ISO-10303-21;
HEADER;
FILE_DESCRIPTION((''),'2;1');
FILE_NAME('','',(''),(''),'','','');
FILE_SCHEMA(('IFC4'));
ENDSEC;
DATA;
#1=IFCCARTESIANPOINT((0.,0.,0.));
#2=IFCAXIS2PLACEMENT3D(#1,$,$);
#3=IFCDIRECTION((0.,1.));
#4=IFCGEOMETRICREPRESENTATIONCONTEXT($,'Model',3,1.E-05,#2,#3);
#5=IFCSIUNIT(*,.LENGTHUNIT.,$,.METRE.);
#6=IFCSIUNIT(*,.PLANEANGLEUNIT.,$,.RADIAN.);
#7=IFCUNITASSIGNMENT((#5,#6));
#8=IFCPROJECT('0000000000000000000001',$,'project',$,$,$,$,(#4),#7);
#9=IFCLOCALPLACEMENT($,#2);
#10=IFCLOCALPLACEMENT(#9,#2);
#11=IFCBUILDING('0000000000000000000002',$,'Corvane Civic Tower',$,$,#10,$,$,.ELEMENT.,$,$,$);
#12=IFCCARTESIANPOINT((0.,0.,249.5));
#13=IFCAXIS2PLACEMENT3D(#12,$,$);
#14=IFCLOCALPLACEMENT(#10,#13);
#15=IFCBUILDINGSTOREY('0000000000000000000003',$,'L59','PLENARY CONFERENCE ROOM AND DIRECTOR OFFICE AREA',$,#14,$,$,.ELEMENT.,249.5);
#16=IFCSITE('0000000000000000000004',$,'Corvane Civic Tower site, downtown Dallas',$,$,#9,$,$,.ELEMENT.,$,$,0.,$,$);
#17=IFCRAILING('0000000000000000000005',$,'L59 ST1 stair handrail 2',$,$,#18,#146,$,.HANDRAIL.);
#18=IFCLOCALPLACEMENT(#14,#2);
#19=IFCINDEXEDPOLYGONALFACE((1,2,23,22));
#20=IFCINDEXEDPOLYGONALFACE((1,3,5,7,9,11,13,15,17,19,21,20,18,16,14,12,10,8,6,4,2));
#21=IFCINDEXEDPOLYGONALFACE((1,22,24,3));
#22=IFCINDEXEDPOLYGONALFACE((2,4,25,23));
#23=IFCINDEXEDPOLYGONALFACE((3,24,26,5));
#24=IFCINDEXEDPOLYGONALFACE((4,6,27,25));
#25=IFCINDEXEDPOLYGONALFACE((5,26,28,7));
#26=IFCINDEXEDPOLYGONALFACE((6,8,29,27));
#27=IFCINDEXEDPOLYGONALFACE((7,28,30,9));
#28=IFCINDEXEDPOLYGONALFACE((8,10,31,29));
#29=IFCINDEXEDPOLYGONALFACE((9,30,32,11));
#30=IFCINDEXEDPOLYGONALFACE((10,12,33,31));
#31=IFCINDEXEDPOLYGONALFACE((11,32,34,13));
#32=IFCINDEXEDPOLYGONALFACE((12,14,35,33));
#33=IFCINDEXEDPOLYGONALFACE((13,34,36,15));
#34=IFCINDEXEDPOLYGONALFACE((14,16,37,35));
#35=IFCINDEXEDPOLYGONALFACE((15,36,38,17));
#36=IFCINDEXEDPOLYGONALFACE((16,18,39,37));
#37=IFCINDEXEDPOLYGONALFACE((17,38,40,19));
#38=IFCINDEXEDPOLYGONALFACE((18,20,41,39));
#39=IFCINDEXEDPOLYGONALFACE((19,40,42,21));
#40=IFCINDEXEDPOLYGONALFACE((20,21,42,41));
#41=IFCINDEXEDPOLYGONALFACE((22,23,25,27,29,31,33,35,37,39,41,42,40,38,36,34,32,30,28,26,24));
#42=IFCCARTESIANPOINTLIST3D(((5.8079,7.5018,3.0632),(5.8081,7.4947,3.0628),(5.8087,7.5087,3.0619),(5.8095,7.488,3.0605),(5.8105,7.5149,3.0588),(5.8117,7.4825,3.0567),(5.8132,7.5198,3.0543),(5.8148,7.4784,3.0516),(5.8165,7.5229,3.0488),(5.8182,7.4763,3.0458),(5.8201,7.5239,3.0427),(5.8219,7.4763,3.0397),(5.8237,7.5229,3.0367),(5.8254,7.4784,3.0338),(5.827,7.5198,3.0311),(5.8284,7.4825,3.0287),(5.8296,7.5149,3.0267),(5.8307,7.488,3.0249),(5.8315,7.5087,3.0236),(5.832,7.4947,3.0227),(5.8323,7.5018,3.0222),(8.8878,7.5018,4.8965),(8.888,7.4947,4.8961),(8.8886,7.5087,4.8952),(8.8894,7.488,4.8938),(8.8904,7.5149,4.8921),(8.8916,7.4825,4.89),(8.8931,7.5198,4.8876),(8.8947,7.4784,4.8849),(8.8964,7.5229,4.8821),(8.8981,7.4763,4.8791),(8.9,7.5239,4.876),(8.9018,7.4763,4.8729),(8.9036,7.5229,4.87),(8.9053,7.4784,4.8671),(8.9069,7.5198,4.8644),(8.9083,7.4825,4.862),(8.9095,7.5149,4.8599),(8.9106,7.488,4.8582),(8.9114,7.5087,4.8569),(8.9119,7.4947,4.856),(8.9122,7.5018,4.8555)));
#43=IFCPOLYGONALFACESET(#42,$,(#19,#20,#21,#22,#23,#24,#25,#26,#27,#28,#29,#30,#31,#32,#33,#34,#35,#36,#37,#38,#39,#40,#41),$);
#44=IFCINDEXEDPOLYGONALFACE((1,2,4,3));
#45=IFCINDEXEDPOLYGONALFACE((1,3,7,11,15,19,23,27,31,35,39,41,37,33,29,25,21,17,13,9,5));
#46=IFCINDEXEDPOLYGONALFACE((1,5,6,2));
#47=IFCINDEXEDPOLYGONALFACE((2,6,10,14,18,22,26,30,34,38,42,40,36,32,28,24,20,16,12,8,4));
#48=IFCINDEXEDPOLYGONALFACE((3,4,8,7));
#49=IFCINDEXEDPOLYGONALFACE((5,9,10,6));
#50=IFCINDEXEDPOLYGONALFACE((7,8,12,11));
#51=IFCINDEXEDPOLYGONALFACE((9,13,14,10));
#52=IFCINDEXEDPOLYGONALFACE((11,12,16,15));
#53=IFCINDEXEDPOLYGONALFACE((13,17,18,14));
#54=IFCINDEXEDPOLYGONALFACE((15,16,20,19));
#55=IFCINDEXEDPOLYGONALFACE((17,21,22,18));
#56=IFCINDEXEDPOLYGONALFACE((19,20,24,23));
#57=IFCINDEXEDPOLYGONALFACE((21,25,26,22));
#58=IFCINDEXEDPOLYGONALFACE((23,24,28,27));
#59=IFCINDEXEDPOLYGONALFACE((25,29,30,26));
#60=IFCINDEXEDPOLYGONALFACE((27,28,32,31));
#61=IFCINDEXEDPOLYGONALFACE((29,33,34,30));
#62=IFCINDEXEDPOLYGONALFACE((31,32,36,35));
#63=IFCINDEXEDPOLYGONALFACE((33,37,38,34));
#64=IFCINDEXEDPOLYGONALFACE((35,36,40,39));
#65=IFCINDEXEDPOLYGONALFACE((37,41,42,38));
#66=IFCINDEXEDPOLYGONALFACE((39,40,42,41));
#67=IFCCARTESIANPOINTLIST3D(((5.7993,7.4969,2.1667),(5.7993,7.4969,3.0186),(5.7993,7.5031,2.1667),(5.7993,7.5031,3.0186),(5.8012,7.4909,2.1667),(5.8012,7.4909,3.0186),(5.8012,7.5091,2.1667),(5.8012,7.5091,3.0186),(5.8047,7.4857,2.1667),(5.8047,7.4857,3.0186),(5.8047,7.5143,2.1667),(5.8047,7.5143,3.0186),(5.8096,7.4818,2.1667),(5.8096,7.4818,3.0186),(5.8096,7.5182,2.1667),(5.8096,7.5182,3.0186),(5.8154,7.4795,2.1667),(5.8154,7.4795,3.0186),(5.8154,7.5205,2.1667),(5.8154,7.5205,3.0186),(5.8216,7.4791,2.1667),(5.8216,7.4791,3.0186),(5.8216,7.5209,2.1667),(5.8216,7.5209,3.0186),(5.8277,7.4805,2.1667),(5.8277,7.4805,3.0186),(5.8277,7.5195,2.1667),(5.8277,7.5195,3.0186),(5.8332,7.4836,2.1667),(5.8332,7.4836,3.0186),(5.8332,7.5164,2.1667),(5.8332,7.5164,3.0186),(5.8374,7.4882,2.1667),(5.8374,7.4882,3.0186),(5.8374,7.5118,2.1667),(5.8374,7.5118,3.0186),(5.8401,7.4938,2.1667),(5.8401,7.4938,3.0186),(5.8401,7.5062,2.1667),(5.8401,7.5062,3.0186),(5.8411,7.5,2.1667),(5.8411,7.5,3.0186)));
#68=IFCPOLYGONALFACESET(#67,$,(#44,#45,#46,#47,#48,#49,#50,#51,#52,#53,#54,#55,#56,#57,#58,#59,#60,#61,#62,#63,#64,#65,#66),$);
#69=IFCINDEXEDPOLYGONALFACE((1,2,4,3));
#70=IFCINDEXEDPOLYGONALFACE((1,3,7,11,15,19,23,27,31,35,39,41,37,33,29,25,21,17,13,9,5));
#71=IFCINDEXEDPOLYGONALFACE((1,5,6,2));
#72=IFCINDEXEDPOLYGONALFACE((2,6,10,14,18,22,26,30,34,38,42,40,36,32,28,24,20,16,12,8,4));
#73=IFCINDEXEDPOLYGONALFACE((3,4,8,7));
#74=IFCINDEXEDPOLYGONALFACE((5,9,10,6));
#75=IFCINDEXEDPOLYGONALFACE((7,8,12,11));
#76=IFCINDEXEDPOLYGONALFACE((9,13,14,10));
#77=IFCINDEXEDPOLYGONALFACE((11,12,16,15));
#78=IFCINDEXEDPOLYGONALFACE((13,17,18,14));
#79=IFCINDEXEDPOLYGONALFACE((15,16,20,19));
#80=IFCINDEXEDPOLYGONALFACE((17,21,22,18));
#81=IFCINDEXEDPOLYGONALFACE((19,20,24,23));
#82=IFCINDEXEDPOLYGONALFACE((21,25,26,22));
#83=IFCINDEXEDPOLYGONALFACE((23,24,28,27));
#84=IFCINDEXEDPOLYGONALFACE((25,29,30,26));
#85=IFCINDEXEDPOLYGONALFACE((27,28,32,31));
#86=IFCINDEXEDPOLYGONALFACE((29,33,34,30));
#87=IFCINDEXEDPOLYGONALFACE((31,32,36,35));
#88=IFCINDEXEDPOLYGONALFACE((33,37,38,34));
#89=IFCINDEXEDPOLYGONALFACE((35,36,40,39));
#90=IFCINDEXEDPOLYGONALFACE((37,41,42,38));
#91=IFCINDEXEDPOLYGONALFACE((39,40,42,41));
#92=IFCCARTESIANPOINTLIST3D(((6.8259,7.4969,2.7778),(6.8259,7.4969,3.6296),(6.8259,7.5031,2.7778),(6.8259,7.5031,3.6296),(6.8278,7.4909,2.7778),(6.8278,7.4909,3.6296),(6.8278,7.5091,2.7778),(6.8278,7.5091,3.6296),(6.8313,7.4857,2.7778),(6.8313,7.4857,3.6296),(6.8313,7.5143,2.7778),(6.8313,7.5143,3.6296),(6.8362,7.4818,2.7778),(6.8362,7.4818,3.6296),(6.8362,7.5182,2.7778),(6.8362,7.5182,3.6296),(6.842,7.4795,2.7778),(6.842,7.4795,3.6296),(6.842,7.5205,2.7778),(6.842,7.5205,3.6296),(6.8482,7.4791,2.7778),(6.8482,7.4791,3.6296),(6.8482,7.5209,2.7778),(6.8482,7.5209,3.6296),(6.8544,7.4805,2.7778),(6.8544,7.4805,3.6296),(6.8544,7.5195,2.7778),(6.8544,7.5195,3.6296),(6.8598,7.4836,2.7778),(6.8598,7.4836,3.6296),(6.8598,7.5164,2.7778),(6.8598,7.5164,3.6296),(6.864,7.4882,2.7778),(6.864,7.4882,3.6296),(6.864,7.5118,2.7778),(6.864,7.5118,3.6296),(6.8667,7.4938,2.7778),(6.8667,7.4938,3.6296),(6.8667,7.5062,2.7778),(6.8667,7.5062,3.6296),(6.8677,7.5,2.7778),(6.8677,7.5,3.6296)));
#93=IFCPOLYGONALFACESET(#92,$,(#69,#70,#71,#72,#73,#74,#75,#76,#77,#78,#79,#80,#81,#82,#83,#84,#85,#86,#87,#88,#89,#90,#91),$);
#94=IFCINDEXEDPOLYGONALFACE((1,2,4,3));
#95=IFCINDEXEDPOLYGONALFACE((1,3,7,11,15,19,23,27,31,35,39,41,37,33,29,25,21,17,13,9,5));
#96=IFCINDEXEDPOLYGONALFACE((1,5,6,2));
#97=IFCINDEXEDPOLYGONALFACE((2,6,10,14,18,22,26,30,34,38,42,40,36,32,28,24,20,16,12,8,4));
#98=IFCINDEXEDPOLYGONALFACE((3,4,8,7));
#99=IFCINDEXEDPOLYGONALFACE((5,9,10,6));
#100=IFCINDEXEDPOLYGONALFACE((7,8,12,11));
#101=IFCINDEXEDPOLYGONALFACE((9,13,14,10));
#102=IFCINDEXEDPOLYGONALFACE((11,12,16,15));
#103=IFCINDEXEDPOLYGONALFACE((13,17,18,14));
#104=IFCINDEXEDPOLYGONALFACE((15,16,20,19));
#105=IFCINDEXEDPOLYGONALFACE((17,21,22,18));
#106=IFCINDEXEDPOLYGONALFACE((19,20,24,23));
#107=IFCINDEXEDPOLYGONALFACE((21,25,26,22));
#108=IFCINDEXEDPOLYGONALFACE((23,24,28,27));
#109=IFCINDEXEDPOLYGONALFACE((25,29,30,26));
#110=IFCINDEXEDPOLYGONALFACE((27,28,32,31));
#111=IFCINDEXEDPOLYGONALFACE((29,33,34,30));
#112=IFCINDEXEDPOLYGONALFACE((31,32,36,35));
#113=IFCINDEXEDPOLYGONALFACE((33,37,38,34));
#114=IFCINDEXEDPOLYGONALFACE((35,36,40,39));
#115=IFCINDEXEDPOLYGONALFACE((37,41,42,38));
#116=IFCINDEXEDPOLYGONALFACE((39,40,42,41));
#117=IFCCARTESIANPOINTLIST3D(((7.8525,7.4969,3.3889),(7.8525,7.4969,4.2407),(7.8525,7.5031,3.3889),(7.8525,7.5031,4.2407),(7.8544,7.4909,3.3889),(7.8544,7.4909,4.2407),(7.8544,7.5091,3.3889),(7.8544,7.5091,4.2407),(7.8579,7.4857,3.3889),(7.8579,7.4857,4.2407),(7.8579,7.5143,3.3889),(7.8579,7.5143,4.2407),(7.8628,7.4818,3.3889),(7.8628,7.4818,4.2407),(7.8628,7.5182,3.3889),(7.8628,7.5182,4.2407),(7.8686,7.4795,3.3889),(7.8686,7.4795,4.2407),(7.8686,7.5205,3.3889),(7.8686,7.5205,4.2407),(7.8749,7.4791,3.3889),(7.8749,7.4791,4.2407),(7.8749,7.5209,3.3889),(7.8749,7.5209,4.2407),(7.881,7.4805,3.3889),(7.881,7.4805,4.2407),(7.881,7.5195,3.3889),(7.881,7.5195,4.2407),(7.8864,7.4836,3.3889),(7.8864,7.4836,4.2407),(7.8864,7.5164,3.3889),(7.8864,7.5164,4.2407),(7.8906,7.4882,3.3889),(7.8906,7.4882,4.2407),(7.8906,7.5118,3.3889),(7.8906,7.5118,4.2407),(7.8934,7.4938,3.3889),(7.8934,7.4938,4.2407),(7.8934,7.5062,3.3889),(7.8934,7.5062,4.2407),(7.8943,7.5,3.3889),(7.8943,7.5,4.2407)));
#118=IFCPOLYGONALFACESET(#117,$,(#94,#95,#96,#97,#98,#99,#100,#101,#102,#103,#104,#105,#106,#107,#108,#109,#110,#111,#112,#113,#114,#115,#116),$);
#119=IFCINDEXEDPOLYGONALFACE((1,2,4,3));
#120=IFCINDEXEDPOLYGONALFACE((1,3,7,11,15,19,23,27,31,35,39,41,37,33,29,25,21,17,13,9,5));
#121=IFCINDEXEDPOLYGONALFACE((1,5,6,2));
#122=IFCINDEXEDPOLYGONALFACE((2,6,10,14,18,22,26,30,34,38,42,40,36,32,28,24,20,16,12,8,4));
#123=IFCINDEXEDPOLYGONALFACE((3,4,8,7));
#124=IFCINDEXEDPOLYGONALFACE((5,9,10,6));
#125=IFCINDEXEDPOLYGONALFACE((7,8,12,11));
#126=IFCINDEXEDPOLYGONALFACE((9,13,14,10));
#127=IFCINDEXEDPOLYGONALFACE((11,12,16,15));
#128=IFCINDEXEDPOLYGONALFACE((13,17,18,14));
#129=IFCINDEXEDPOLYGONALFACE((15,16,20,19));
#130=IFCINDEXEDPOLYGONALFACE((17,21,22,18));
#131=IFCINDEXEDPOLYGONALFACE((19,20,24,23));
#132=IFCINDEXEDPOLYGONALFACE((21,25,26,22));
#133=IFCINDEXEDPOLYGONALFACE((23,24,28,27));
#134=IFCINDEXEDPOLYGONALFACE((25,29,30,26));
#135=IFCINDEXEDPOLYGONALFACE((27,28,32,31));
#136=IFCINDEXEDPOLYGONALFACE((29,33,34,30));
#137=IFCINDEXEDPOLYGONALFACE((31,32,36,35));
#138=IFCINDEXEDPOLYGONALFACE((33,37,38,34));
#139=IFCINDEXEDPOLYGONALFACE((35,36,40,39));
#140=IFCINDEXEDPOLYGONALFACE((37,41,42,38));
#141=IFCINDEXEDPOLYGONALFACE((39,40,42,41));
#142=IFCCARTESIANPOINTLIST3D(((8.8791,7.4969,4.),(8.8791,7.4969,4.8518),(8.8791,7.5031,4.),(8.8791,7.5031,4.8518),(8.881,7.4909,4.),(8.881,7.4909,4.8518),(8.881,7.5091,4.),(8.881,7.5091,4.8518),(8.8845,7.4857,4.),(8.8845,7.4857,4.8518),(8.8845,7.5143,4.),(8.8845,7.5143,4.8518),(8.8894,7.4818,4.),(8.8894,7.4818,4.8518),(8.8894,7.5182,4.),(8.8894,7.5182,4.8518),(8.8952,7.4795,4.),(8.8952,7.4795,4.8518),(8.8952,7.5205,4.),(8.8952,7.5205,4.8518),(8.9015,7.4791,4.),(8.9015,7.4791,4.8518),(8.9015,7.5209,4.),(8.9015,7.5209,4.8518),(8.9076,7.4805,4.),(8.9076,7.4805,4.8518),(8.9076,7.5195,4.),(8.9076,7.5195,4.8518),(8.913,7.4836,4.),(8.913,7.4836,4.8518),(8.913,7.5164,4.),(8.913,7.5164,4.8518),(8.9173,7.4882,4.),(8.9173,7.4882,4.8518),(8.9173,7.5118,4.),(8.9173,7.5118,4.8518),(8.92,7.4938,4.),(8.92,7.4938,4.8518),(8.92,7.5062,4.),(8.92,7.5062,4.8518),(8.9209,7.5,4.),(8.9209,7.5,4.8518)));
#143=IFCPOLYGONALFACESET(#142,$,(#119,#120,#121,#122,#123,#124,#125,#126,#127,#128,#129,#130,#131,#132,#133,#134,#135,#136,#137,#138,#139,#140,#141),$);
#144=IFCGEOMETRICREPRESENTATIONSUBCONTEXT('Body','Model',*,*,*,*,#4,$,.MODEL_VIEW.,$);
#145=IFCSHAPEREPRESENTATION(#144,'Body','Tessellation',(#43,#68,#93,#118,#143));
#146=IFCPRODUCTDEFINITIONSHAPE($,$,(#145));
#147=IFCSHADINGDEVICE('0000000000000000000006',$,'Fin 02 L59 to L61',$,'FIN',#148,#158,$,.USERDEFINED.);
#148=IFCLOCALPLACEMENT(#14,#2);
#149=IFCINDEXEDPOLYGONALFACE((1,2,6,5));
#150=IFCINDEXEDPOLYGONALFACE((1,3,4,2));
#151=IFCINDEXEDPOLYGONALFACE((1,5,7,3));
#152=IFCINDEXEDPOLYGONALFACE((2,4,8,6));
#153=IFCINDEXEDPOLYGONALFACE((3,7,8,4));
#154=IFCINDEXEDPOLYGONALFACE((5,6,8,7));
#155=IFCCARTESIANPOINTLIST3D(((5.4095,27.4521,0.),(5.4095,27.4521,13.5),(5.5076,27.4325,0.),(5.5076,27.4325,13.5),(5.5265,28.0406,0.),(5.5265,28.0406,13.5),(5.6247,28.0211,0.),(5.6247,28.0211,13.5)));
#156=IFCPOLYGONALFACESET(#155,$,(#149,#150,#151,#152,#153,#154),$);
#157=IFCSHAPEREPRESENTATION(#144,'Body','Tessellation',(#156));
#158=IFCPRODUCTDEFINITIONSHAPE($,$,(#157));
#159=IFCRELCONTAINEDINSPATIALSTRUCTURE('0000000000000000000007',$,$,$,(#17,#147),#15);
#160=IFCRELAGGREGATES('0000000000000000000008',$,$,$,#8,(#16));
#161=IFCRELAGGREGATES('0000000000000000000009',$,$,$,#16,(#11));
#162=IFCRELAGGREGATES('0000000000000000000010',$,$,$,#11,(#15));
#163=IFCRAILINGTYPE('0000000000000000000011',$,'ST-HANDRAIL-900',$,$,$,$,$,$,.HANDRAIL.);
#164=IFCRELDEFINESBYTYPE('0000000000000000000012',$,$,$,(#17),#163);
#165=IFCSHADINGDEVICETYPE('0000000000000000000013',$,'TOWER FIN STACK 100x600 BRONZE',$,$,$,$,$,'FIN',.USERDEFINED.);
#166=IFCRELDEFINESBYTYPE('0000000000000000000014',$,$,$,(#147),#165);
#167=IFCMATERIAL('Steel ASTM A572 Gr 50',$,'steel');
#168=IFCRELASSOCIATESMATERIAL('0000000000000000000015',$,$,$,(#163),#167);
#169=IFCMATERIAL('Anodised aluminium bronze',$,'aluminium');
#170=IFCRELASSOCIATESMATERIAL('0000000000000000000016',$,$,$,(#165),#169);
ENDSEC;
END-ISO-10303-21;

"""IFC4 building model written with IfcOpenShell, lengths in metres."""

from ifc_helpers import new_model, si_unit, direction, frame, origin, origin_2d, place, context, subcontext, project, spatial, rectangle, circle, extrude, material, material_profile, profile_set, type_object, element, save


model = new_model("IFC4")

# Units and contexts
model_context = context("Model", 3, precision=1e-05, world=origin(), true_north=direction((0.0, 1.0)))
body_context = subcontext(model_context, "Body", "Model", "MODEL_VIEW")
ifc_project = project(units=[si_unit("LENGTHUNIT", "METRE"), si_unit("PLANEANGLEUNIT", "RADIAN")], contexts=[model_context])

# Site, building, storey
site_placement = place(None, origin())
site = spatial("IfcSite", under=ifc_project, at=site_placement, Name="Corvane Civic Tower site, downtown Dallas", CompositionType="ELEMENT", RefElevation=0.0)
building_placement = place(site_placement, origin())
building = spatial("IfcBuilding", under=site, at=building_placement, Name="Corvane Civic Tower", CompositionType="ELEMENT")
storey_placement = place(building_placement, frame((0.0, 0.0, 249.5)))
storey = spatial("IfcBuildingStorey", under=building, at=storey_placement, Name="L59", Description="PLENARY CONFERENCE ROOM AND DIRECTOR OFFICE AREA", CompositionType="ELEMENT", Elevation=249.5)

# Railing
ifc_material_1 = material(Name="Steel ASTM A572 Gr 50", Category="steel")
railing_type_1 = type_object("IfcRailingType", Name="ST-HANDRAIL-900", PredefinedType="HANDRAIL", material=ifc_material_1)
railing_1_placement = place(storey_placement, frame((5.8201, 7.5, 2.1667)))
element("IfcRailing", 1, at=railing_1_placement, inside=storey, type_object=railing_type_1, Name="L59 ST1 stair handrail 2", PredefinedType="HANDRAIL", context=body_context, shape_type="SweptSolid", body=[
    extrude(circle(Radius=0.0239, at=origin_2d()), frame((0.0, 0.0, 0.876), z_axis=(0.859291, 0.0, 0.511487), x_axis=(0.0, 1.0, 0.0)), (0.0, 0.0, 1.0), 3.5842),
    extrude(circle(Radius=0.021, at=origin_2d()), origin(), (0.0, 0.0, 1.0), 0.8518),
    extrude(circle(Radius=0.021, at=origin_2d()), frame((1.0266, 0.0, 0.6111)), (0.0, 0.0, 1.0), 0.8518),
    extrude(circle(Radius=0.021, at=origin_2d()), frame((2.0532, 0.0, 1.2222)), (0.0, 0.0, 1.0), 0.8518),
    extrude(circle(Radius=0.021, at=origin_2d()), frame((3.0798, 0.0, 1.8333)), (0.0, 0.0, 1.0), 0.8518),
])

# Shading device
ifc_material_2 = material(Name="Anodised aluminium bronze", Category="aluminium")
ifc_material_profile_1 = material_profile(ifc_material_2, rectangle(XDim=0.1001, YDim=0.6001, at=origin_2d()), Name="TOWER FIN STACK 100x600 BRONZE")
ifc_profile_set_1 = profile_set([ifc_material_profile_1], Name="Anodised aluminium bronze")
shading_device_type = type_object("IfcShadingDeviceType", Name="TOWER FIN STACK 100x600 BRONZE", ElementType="FIN", PredefinedType="USERDEFINED", material=ifc_profile_set_1)
shading_device_placement = place(storey_placement, frame((5.5171, 27.7366, 0.0), z_axis=(0.0, 0.0, 1.0), x_axis=(0.980785, -0.19509, 0.0)))
element("IfcShadingDevice", 2, at=shading_device_placement, inside=storey, type_object=shading_device_type, Name="Fin 02 L59 to L61", ObjectType="FIN", PredefinedType="USERDEFINED", context=body_context, shape_type="SweptSolid", body=[
    extrude(rectangle(XDim=0.1001, YDim=0.6001, at=origin_2d()), origin(), (0.0, 0.0, 1.0), 13.5),
])

save(model, "model.ifc")
